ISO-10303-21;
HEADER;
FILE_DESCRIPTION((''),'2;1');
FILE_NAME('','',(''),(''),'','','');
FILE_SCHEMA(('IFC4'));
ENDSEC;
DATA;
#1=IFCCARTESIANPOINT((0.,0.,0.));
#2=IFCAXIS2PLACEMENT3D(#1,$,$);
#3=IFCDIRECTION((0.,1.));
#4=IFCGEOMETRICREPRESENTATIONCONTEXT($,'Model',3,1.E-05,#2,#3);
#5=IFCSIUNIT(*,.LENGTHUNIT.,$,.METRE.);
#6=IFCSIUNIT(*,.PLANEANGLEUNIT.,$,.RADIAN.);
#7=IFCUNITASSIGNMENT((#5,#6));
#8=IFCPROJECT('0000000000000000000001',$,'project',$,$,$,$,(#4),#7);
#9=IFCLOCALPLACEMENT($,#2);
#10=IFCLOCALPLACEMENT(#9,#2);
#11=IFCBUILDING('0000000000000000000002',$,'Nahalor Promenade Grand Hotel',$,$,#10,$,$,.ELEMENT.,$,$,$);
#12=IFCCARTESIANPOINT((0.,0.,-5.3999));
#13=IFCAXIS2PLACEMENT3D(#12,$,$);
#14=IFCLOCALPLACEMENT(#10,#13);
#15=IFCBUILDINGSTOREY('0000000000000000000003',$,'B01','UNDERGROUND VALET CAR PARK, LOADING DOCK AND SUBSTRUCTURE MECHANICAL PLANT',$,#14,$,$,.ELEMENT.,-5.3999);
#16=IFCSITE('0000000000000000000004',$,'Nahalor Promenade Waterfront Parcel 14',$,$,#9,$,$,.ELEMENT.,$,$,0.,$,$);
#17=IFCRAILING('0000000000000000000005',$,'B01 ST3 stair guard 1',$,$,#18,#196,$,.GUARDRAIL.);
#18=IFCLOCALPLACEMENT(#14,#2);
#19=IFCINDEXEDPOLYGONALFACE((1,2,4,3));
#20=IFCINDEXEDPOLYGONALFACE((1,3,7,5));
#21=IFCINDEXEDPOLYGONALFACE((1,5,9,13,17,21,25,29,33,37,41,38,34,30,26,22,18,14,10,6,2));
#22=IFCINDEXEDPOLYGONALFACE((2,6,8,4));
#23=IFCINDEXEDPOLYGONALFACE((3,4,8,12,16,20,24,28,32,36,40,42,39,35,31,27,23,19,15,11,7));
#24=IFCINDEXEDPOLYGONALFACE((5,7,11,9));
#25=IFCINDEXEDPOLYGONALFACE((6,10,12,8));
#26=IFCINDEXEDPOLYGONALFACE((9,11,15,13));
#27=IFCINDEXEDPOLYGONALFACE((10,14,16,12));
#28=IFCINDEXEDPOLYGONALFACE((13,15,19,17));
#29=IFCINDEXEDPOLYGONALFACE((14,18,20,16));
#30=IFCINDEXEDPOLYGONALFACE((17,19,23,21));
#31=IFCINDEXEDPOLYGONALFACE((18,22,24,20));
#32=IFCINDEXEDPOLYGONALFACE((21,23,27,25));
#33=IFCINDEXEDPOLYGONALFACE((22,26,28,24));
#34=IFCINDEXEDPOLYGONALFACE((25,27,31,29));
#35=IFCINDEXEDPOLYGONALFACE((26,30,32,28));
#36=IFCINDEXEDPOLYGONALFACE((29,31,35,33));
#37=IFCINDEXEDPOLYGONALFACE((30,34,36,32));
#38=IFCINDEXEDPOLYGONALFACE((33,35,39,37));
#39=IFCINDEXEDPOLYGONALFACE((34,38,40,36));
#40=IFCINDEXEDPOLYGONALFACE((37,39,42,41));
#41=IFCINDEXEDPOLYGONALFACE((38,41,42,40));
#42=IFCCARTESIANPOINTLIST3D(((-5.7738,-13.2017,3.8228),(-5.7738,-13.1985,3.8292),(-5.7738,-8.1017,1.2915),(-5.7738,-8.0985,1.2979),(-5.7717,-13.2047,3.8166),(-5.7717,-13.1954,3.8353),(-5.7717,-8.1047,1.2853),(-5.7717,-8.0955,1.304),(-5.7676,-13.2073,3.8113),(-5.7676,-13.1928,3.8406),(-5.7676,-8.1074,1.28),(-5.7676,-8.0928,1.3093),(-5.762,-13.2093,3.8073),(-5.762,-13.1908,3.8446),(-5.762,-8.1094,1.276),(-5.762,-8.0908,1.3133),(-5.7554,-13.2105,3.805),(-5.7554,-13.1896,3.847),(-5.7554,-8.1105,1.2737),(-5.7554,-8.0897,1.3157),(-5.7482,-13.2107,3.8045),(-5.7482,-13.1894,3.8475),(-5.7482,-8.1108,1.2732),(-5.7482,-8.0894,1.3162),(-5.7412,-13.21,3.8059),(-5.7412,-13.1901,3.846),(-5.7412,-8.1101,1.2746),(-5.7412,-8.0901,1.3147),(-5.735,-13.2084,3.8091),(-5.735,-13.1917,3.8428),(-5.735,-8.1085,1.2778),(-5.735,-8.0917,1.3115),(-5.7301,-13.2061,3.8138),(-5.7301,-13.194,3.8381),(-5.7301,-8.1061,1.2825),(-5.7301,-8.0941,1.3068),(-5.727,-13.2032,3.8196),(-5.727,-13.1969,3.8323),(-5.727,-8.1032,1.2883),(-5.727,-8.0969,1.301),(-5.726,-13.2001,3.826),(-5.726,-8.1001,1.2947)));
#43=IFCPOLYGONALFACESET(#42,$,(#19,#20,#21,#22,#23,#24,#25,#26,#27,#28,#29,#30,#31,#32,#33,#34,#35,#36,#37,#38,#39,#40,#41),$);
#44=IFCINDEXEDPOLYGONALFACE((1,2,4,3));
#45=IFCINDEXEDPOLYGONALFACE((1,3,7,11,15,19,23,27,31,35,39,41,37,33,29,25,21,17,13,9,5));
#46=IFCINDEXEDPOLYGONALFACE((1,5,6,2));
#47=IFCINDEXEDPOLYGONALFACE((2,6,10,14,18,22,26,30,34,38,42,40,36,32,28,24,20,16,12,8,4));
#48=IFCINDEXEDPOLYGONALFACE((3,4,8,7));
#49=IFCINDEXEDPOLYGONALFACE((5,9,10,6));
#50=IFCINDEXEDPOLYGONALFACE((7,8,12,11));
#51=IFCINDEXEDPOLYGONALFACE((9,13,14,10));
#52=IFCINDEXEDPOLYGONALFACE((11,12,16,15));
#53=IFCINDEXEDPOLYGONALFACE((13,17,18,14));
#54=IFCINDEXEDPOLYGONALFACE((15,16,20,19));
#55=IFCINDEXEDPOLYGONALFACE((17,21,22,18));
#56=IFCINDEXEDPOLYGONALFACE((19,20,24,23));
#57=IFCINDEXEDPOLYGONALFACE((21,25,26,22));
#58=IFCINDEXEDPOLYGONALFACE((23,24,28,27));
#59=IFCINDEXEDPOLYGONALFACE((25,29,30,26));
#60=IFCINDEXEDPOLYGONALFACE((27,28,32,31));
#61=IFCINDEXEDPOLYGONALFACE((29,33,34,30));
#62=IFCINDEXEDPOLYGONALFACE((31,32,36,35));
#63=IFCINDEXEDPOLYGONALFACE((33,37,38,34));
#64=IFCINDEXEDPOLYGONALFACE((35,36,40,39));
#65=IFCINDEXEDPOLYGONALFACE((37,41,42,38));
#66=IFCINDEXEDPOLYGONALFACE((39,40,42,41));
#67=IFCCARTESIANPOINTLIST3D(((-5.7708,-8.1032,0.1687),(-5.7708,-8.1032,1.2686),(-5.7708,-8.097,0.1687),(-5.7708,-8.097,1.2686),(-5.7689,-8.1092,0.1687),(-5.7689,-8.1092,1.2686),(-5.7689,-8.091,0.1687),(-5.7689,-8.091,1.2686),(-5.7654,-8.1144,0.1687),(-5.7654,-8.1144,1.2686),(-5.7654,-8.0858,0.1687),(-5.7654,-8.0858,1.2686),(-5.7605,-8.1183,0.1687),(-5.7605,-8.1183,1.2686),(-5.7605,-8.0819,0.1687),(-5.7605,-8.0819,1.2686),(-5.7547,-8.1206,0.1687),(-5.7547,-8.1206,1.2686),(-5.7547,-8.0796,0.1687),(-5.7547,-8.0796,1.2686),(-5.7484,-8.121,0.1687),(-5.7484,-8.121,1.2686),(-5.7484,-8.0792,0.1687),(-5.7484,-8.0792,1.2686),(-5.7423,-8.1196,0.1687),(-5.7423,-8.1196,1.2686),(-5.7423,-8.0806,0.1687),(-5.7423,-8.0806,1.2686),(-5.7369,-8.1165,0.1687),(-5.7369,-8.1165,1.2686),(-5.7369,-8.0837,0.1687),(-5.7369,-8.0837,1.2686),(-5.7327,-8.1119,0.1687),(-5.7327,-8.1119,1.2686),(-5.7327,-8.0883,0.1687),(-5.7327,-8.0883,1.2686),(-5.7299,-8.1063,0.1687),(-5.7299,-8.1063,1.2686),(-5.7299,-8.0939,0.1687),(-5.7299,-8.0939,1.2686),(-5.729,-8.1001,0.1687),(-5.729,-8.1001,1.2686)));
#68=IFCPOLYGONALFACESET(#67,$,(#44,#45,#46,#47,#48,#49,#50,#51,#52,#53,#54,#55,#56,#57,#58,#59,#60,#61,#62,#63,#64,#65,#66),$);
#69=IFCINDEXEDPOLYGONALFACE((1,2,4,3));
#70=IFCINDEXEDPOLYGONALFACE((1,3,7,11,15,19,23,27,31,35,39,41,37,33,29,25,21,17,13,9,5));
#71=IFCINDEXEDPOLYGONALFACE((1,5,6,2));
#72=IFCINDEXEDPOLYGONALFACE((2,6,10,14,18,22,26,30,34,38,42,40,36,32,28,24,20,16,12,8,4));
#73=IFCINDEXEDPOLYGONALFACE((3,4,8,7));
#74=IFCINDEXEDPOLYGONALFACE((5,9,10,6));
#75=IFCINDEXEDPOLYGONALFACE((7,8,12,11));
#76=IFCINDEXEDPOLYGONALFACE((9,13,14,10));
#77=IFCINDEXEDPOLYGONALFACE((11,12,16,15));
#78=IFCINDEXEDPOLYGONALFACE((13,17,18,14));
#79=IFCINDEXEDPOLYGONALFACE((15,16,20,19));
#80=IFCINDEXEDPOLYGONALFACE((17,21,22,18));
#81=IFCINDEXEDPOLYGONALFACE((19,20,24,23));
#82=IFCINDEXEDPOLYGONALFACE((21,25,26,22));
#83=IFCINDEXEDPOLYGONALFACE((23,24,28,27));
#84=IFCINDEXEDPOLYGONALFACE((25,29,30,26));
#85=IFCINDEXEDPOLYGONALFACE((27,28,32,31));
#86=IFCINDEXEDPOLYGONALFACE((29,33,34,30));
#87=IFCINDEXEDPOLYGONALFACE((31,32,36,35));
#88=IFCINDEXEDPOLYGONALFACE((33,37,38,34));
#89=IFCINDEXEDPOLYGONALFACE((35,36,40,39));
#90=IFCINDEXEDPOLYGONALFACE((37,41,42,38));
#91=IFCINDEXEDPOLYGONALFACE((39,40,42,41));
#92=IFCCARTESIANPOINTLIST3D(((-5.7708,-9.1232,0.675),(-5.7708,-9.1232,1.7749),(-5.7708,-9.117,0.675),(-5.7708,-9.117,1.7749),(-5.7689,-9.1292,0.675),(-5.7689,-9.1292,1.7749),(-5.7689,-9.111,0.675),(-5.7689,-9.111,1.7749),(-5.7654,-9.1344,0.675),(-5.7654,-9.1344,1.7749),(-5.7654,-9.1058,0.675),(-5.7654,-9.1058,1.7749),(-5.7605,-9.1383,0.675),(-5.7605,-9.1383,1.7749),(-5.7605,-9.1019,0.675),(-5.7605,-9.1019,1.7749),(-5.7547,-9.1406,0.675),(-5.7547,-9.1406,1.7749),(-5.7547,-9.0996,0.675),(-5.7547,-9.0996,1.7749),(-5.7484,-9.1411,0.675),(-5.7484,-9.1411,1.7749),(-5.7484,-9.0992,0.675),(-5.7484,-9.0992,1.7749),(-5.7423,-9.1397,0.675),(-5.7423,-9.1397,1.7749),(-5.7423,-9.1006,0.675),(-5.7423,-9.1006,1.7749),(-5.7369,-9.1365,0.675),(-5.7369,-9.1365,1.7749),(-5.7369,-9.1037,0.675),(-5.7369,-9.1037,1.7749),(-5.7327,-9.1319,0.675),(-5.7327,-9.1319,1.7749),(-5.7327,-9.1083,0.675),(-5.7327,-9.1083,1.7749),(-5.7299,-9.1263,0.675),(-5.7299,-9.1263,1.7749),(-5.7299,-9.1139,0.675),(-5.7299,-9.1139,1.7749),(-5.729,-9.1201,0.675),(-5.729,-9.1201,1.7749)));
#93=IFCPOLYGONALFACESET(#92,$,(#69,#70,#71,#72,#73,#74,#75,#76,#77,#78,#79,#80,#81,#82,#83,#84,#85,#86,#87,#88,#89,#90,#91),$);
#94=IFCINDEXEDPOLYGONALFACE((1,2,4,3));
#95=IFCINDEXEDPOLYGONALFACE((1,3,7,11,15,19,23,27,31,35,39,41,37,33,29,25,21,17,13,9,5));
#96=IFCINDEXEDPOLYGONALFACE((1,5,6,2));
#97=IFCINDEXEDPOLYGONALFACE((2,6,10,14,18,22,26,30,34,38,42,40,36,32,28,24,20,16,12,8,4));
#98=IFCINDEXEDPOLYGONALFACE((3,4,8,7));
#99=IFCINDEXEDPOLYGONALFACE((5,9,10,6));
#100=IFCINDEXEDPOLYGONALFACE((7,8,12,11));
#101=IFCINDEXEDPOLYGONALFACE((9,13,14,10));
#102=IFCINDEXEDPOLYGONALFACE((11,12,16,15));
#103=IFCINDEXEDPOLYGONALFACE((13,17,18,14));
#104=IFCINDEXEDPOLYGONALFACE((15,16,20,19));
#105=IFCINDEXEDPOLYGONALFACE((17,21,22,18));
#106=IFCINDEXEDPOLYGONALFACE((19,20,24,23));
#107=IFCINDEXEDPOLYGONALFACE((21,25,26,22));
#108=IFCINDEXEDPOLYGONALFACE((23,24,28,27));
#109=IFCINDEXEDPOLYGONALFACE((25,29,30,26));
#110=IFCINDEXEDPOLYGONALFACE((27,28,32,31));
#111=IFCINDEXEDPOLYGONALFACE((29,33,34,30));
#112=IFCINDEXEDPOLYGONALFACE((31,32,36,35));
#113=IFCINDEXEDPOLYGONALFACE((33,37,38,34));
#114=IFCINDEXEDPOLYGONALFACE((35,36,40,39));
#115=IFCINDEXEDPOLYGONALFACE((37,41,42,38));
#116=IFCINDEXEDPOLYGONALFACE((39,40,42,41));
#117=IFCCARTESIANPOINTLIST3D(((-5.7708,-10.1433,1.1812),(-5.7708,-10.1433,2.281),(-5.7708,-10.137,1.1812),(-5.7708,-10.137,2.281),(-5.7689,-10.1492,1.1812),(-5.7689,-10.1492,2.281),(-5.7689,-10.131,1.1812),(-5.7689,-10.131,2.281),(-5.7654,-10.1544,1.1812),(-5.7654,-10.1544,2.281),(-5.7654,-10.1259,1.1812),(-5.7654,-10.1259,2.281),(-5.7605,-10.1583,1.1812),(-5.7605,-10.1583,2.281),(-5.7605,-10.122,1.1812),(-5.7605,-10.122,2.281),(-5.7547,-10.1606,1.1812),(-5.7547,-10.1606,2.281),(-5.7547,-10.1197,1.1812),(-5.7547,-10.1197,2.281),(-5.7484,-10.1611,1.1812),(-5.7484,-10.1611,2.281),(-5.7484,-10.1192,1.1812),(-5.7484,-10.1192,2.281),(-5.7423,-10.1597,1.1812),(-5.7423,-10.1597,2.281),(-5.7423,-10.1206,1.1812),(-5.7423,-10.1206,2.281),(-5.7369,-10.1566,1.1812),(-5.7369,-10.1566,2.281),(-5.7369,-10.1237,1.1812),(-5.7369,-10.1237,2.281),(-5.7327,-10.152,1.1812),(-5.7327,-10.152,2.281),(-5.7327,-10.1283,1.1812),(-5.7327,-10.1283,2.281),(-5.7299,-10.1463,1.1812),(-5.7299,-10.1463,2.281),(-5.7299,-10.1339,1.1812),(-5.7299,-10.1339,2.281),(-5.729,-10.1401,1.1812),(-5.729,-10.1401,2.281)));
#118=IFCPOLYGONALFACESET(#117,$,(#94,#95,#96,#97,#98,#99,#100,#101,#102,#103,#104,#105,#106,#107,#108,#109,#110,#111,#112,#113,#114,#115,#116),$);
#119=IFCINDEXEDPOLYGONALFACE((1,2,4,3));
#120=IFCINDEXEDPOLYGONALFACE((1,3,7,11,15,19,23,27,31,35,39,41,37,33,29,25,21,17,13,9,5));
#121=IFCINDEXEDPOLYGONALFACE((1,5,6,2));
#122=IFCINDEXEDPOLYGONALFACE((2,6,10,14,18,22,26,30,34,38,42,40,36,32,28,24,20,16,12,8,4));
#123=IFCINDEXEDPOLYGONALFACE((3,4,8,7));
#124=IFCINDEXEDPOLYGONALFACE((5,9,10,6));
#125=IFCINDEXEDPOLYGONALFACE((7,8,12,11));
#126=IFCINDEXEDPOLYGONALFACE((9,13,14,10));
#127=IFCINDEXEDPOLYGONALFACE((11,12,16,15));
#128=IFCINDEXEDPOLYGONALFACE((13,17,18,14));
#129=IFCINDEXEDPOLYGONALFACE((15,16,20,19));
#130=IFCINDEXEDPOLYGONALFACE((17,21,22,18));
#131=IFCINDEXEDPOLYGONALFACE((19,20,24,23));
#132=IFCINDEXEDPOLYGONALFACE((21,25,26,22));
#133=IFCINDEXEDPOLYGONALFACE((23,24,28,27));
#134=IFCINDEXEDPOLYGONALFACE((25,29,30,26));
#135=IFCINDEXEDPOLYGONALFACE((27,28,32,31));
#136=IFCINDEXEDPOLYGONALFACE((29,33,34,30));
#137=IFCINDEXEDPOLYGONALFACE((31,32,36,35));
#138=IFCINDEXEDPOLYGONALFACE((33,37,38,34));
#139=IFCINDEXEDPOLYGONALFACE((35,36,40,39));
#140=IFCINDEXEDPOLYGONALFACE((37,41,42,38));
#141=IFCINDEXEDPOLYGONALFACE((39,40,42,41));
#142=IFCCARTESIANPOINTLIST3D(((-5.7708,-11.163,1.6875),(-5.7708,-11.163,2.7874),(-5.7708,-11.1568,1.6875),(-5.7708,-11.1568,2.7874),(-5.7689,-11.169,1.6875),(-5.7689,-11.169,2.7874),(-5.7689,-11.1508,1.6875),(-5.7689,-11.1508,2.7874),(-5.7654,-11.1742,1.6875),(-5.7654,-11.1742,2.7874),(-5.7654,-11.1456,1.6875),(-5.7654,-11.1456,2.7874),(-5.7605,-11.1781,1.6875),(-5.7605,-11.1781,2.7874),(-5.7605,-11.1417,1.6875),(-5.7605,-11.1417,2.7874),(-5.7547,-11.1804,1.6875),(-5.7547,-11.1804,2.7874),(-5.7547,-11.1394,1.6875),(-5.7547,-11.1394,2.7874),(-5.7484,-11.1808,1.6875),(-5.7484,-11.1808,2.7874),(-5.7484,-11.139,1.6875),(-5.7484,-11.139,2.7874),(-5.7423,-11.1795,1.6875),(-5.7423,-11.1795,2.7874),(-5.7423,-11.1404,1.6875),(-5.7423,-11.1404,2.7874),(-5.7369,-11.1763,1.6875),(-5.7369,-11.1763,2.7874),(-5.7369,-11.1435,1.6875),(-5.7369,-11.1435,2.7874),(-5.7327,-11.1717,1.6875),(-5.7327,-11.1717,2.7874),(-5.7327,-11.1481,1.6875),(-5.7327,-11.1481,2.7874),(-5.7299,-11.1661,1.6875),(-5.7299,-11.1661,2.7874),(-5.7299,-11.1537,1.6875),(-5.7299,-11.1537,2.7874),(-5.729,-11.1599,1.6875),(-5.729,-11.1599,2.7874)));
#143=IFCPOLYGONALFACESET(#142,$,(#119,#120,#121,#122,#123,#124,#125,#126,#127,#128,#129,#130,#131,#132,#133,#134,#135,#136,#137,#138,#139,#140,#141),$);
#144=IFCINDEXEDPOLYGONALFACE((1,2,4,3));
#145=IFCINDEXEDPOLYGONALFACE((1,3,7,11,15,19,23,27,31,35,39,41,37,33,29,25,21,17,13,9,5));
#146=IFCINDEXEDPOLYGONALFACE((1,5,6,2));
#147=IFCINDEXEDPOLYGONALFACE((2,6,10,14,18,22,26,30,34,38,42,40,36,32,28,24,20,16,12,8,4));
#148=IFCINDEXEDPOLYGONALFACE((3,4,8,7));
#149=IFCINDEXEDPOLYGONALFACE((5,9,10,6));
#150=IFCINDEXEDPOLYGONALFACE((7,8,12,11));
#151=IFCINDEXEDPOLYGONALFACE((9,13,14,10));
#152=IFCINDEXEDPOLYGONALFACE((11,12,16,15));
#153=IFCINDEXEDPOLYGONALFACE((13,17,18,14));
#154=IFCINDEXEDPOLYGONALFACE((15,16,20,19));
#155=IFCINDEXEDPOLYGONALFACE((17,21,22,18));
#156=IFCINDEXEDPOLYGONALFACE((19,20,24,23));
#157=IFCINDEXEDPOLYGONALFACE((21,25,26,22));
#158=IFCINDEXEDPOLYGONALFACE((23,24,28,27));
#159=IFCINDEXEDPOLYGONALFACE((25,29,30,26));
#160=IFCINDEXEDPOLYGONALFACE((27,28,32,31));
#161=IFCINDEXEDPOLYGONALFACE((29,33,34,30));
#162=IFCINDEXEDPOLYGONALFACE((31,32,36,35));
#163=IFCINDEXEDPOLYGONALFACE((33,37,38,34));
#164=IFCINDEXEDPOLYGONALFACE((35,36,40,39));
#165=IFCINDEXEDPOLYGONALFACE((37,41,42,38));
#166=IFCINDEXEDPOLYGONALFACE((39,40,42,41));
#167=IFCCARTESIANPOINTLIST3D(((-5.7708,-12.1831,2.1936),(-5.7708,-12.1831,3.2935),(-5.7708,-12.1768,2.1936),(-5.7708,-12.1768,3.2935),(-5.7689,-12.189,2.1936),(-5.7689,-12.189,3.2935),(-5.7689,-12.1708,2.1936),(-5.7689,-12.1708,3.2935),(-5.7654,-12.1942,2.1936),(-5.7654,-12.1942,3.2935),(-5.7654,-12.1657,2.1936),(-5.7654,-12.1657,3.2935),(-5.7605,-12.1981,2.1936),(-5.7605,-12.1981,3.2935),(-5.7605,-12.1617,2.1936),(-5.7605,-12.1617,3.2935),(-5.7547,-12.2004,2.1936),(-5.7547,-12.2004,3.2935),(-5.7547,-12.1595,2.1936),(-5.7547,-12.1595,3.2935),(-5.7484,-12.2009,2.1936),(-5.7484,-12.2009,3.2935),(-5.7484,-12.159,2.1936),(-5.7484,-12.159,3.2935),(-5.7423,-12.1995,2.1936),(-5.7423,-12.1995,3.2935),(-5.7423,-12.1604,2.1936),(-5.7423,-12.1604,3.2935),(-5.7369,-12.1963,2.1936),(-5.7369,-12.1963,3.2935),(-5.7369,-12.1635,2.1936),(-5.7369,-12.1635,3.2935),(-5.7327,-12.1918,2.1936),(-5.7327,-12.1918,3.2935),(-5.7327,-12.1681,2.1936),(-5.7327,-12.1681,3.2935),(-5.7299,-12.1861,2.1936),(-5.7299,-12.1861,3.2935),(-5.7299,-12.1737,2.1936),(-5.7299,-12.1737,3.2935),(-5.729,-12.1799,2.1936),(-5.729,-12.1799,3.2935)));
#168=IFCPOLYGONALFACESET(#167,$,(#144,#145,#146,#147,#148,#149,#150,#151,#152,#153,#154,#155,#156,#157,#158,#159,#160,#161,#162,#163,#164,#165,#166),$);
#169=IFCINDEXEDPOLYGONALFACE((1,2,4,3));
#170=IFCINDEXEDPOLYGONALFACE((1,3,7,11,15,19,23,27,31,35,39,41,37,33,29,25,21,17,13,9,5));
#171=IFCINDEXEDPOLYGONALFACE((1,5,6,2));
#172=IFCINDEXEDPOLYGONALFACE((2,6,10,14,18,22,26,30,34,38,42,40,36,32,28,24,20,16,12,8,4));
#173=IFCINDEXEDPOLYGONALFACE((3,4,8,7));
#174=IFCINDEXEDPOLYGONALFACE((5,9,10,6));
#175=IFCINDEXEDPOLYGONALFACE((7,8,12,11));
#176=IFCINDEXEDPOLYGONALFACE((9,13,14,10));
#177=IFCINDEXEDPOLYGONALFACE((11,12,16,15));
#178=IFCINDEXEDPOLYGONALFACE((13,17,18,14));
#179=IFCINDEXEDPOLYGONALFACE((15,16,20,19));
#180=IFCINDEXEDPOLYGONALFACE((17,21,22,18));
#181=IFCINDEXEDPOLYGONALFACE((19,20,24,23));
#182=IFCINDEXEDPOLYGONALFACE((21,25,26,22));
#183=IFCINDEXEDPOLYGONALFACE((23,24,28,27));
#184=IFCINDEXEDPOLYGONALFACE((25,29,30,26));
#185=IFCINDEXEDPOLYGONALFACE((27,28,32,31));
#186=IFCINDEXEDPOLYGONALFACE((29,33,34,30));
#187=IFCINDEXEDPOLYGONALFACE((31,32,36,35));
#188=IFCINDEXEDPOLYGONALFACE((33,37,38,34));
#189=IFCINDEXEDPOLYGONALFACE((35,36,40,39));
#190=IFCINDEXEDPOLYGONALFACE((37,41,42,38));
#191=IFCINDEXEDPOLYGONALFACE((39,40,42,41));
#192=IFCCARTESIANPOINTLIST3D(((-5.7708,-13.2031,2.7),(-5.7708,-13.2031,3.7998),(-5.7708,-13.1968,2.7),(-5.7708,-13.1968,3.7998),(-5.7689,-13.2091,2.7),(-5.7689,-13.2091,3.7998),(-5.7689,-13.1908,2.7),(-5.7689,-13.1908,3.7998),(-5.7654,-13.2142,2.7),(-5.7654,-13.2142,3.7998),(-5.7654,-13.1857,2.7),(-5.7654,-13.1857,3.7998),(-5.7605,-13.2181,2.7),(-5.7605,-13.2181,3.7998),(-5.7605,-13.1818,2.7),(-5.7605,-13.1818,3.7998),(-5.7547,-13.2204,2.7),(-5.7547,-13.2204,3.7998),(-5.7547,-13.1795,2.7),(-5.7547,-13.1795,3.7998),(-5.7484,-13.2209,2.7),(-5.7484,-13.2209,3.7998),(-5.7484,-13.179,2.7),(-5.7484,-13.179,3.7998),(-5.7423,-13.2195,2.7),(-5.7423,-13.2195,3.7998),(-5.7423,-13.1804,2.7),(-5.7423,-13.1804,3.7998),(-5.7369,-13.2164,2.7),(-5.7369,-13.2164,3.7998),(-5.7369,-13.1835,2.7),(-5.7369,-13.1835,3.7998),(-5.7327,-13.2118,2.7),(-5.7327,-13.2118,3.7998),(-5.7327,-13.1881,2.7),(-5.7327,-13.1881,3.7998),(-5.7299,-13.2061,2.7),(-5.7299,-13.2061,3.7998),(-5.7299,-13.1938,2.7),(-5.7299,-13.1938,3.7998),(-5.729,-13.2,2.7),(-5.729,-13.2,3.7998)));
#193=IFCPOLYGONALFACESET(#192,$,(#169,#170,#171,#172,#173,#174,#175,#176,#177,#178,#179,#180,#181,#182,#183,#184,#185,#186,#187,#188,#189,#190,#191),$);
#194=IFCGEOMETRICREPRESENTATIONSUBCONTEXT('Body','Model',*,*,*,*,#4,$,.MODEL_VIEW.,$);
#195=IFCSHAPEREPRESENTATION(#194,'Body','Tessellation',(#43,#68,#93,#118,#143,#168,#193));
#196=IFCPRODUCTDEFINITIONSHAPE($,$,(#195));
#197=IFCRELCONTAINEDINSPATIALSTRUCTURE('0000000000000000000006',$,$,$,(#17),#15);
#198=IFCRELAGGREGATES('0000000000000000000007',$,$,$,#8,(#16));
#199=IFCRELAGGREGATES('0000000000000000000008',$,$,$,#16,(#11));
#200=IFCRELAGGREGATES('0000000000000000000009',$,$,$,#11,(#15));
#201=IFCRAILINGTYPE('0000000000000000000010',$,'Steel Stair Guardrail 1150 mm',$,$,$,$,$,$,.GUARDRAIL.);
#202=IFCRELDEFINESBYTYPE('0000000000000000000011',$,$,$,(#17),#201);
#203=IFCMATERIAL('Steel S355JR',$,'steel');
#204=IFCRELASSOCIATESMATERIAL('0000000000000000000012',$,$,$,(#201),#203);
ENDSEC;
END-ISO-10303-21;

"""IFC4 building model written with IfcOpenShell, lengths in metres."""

from ifc_helpers import new_model, si_unit, direction, frame, origin, origin_2d, place, context, subcontext, project, spatial, circle, extrude, material, type_object, element, save


model = new_model("IFC4")

# Units and contexts
model_context = context("Model", 3, precision=1e-05, world=origin(), true_north=direction((0.0, 1.0)))
body_context = subcontext(model_context, "Body", "Model", "MODEL_VIEW")
ifc_project = project(units=[si_unit("LENGTHUNIT", "METRE"), si_unit("PLANEANGLEUNIT", "RADIAN")], contexts=[model_context])

# Site, building, storey
site_placement = place(None, origin())
site = spatial("IfcSite", under=ifc_project, at=site_placement, Name="Nahalor Promenade Waterfront Parcel 14", CompositionType="ELEMENT", RefElevation=0.0)
building_placement = place(site_placement, origin())
building = spatial("IfcBuilding", under=site, at=building_placement, Name="Nahalor Promenade Grand Hotel", CompositionType="ELEMENT")
storey_placement = place(building_placement, frame((0.0, 0.0, -5.3999)))
storey = spatial("IfcBuildingStorey", under=building, at=storey_placement, Name="B01", Description="UNDERGROUND VALET CAR PARK, LOADING DOCK AND SUBSTRUCTURE MECHANICAL PLANT", CompositionType="ELEMENT", Elevation=-5.3999)

# Shared definitions
ifc_material_1 = material(Name="Steel S355JR", Category="steel")

# Railing
railing_type_1 = type_object("IfcRailingType", Name="Steel Stair Guardrail 1150 mm", PredefinedType="GUARDRAIL", material=ifc_material_1)
railing_1_placement = place(storey_placement, frame((-5.75, -8.1001, 0.1687)))
element("IfcRailing", 1, at=railing_1_placement, inside=storey, type_object=railing_type_1, Name="B01 ST3 stair guard 1", PredefinedType="GUARDRAIL", context=body_context, shape_type="SweptSolid", body=[
    extrude(circle(Radius=0.024, at=origin_2d()), frame((0.0, 0.0, 1.126), z_axis=(0.0, -0.895735, 0.444587), x_axis=(1.0, 0.0, 0.0)), (0.0, 0.0, 1.0), 5.6936),
    extrude(circle(Radius=0.021, at=origin_2d()), origin(), (0.0, 0.0, 1.0), 1.0999),
    extrude(circle(Radius=0.021, at=origin_2d()), frame((0.0, -1.02, 0.5063)), (0.0, 0.0, 1.0), 1.0999),
    extrude(circle(Radius=0.021, at=origin_2d()), frame((0.0, -2.04, 1.0125)), (0.0, 0.0, 1.0), 1.0999),
    extrude(circle(Radius=0.021, at=origin_2d()), frame((0.0, -3.0598, 1.5188)), (0.0, 0.0, 1.0), 1.0999),
    extrude(circle(Radius=0.021, at=origin_2d()), frame((0.0, -4.0798, 2.0249)), (0.0, 0.0, 1.0), 1.0999),
    extrude(circle(Radius=0.021, at=origin_2d()), frame((0.0, -5.0999, 2.5312)), (0.0, 0.0, 1.0), 1.0999),
])

save(model, "model.ifc")
